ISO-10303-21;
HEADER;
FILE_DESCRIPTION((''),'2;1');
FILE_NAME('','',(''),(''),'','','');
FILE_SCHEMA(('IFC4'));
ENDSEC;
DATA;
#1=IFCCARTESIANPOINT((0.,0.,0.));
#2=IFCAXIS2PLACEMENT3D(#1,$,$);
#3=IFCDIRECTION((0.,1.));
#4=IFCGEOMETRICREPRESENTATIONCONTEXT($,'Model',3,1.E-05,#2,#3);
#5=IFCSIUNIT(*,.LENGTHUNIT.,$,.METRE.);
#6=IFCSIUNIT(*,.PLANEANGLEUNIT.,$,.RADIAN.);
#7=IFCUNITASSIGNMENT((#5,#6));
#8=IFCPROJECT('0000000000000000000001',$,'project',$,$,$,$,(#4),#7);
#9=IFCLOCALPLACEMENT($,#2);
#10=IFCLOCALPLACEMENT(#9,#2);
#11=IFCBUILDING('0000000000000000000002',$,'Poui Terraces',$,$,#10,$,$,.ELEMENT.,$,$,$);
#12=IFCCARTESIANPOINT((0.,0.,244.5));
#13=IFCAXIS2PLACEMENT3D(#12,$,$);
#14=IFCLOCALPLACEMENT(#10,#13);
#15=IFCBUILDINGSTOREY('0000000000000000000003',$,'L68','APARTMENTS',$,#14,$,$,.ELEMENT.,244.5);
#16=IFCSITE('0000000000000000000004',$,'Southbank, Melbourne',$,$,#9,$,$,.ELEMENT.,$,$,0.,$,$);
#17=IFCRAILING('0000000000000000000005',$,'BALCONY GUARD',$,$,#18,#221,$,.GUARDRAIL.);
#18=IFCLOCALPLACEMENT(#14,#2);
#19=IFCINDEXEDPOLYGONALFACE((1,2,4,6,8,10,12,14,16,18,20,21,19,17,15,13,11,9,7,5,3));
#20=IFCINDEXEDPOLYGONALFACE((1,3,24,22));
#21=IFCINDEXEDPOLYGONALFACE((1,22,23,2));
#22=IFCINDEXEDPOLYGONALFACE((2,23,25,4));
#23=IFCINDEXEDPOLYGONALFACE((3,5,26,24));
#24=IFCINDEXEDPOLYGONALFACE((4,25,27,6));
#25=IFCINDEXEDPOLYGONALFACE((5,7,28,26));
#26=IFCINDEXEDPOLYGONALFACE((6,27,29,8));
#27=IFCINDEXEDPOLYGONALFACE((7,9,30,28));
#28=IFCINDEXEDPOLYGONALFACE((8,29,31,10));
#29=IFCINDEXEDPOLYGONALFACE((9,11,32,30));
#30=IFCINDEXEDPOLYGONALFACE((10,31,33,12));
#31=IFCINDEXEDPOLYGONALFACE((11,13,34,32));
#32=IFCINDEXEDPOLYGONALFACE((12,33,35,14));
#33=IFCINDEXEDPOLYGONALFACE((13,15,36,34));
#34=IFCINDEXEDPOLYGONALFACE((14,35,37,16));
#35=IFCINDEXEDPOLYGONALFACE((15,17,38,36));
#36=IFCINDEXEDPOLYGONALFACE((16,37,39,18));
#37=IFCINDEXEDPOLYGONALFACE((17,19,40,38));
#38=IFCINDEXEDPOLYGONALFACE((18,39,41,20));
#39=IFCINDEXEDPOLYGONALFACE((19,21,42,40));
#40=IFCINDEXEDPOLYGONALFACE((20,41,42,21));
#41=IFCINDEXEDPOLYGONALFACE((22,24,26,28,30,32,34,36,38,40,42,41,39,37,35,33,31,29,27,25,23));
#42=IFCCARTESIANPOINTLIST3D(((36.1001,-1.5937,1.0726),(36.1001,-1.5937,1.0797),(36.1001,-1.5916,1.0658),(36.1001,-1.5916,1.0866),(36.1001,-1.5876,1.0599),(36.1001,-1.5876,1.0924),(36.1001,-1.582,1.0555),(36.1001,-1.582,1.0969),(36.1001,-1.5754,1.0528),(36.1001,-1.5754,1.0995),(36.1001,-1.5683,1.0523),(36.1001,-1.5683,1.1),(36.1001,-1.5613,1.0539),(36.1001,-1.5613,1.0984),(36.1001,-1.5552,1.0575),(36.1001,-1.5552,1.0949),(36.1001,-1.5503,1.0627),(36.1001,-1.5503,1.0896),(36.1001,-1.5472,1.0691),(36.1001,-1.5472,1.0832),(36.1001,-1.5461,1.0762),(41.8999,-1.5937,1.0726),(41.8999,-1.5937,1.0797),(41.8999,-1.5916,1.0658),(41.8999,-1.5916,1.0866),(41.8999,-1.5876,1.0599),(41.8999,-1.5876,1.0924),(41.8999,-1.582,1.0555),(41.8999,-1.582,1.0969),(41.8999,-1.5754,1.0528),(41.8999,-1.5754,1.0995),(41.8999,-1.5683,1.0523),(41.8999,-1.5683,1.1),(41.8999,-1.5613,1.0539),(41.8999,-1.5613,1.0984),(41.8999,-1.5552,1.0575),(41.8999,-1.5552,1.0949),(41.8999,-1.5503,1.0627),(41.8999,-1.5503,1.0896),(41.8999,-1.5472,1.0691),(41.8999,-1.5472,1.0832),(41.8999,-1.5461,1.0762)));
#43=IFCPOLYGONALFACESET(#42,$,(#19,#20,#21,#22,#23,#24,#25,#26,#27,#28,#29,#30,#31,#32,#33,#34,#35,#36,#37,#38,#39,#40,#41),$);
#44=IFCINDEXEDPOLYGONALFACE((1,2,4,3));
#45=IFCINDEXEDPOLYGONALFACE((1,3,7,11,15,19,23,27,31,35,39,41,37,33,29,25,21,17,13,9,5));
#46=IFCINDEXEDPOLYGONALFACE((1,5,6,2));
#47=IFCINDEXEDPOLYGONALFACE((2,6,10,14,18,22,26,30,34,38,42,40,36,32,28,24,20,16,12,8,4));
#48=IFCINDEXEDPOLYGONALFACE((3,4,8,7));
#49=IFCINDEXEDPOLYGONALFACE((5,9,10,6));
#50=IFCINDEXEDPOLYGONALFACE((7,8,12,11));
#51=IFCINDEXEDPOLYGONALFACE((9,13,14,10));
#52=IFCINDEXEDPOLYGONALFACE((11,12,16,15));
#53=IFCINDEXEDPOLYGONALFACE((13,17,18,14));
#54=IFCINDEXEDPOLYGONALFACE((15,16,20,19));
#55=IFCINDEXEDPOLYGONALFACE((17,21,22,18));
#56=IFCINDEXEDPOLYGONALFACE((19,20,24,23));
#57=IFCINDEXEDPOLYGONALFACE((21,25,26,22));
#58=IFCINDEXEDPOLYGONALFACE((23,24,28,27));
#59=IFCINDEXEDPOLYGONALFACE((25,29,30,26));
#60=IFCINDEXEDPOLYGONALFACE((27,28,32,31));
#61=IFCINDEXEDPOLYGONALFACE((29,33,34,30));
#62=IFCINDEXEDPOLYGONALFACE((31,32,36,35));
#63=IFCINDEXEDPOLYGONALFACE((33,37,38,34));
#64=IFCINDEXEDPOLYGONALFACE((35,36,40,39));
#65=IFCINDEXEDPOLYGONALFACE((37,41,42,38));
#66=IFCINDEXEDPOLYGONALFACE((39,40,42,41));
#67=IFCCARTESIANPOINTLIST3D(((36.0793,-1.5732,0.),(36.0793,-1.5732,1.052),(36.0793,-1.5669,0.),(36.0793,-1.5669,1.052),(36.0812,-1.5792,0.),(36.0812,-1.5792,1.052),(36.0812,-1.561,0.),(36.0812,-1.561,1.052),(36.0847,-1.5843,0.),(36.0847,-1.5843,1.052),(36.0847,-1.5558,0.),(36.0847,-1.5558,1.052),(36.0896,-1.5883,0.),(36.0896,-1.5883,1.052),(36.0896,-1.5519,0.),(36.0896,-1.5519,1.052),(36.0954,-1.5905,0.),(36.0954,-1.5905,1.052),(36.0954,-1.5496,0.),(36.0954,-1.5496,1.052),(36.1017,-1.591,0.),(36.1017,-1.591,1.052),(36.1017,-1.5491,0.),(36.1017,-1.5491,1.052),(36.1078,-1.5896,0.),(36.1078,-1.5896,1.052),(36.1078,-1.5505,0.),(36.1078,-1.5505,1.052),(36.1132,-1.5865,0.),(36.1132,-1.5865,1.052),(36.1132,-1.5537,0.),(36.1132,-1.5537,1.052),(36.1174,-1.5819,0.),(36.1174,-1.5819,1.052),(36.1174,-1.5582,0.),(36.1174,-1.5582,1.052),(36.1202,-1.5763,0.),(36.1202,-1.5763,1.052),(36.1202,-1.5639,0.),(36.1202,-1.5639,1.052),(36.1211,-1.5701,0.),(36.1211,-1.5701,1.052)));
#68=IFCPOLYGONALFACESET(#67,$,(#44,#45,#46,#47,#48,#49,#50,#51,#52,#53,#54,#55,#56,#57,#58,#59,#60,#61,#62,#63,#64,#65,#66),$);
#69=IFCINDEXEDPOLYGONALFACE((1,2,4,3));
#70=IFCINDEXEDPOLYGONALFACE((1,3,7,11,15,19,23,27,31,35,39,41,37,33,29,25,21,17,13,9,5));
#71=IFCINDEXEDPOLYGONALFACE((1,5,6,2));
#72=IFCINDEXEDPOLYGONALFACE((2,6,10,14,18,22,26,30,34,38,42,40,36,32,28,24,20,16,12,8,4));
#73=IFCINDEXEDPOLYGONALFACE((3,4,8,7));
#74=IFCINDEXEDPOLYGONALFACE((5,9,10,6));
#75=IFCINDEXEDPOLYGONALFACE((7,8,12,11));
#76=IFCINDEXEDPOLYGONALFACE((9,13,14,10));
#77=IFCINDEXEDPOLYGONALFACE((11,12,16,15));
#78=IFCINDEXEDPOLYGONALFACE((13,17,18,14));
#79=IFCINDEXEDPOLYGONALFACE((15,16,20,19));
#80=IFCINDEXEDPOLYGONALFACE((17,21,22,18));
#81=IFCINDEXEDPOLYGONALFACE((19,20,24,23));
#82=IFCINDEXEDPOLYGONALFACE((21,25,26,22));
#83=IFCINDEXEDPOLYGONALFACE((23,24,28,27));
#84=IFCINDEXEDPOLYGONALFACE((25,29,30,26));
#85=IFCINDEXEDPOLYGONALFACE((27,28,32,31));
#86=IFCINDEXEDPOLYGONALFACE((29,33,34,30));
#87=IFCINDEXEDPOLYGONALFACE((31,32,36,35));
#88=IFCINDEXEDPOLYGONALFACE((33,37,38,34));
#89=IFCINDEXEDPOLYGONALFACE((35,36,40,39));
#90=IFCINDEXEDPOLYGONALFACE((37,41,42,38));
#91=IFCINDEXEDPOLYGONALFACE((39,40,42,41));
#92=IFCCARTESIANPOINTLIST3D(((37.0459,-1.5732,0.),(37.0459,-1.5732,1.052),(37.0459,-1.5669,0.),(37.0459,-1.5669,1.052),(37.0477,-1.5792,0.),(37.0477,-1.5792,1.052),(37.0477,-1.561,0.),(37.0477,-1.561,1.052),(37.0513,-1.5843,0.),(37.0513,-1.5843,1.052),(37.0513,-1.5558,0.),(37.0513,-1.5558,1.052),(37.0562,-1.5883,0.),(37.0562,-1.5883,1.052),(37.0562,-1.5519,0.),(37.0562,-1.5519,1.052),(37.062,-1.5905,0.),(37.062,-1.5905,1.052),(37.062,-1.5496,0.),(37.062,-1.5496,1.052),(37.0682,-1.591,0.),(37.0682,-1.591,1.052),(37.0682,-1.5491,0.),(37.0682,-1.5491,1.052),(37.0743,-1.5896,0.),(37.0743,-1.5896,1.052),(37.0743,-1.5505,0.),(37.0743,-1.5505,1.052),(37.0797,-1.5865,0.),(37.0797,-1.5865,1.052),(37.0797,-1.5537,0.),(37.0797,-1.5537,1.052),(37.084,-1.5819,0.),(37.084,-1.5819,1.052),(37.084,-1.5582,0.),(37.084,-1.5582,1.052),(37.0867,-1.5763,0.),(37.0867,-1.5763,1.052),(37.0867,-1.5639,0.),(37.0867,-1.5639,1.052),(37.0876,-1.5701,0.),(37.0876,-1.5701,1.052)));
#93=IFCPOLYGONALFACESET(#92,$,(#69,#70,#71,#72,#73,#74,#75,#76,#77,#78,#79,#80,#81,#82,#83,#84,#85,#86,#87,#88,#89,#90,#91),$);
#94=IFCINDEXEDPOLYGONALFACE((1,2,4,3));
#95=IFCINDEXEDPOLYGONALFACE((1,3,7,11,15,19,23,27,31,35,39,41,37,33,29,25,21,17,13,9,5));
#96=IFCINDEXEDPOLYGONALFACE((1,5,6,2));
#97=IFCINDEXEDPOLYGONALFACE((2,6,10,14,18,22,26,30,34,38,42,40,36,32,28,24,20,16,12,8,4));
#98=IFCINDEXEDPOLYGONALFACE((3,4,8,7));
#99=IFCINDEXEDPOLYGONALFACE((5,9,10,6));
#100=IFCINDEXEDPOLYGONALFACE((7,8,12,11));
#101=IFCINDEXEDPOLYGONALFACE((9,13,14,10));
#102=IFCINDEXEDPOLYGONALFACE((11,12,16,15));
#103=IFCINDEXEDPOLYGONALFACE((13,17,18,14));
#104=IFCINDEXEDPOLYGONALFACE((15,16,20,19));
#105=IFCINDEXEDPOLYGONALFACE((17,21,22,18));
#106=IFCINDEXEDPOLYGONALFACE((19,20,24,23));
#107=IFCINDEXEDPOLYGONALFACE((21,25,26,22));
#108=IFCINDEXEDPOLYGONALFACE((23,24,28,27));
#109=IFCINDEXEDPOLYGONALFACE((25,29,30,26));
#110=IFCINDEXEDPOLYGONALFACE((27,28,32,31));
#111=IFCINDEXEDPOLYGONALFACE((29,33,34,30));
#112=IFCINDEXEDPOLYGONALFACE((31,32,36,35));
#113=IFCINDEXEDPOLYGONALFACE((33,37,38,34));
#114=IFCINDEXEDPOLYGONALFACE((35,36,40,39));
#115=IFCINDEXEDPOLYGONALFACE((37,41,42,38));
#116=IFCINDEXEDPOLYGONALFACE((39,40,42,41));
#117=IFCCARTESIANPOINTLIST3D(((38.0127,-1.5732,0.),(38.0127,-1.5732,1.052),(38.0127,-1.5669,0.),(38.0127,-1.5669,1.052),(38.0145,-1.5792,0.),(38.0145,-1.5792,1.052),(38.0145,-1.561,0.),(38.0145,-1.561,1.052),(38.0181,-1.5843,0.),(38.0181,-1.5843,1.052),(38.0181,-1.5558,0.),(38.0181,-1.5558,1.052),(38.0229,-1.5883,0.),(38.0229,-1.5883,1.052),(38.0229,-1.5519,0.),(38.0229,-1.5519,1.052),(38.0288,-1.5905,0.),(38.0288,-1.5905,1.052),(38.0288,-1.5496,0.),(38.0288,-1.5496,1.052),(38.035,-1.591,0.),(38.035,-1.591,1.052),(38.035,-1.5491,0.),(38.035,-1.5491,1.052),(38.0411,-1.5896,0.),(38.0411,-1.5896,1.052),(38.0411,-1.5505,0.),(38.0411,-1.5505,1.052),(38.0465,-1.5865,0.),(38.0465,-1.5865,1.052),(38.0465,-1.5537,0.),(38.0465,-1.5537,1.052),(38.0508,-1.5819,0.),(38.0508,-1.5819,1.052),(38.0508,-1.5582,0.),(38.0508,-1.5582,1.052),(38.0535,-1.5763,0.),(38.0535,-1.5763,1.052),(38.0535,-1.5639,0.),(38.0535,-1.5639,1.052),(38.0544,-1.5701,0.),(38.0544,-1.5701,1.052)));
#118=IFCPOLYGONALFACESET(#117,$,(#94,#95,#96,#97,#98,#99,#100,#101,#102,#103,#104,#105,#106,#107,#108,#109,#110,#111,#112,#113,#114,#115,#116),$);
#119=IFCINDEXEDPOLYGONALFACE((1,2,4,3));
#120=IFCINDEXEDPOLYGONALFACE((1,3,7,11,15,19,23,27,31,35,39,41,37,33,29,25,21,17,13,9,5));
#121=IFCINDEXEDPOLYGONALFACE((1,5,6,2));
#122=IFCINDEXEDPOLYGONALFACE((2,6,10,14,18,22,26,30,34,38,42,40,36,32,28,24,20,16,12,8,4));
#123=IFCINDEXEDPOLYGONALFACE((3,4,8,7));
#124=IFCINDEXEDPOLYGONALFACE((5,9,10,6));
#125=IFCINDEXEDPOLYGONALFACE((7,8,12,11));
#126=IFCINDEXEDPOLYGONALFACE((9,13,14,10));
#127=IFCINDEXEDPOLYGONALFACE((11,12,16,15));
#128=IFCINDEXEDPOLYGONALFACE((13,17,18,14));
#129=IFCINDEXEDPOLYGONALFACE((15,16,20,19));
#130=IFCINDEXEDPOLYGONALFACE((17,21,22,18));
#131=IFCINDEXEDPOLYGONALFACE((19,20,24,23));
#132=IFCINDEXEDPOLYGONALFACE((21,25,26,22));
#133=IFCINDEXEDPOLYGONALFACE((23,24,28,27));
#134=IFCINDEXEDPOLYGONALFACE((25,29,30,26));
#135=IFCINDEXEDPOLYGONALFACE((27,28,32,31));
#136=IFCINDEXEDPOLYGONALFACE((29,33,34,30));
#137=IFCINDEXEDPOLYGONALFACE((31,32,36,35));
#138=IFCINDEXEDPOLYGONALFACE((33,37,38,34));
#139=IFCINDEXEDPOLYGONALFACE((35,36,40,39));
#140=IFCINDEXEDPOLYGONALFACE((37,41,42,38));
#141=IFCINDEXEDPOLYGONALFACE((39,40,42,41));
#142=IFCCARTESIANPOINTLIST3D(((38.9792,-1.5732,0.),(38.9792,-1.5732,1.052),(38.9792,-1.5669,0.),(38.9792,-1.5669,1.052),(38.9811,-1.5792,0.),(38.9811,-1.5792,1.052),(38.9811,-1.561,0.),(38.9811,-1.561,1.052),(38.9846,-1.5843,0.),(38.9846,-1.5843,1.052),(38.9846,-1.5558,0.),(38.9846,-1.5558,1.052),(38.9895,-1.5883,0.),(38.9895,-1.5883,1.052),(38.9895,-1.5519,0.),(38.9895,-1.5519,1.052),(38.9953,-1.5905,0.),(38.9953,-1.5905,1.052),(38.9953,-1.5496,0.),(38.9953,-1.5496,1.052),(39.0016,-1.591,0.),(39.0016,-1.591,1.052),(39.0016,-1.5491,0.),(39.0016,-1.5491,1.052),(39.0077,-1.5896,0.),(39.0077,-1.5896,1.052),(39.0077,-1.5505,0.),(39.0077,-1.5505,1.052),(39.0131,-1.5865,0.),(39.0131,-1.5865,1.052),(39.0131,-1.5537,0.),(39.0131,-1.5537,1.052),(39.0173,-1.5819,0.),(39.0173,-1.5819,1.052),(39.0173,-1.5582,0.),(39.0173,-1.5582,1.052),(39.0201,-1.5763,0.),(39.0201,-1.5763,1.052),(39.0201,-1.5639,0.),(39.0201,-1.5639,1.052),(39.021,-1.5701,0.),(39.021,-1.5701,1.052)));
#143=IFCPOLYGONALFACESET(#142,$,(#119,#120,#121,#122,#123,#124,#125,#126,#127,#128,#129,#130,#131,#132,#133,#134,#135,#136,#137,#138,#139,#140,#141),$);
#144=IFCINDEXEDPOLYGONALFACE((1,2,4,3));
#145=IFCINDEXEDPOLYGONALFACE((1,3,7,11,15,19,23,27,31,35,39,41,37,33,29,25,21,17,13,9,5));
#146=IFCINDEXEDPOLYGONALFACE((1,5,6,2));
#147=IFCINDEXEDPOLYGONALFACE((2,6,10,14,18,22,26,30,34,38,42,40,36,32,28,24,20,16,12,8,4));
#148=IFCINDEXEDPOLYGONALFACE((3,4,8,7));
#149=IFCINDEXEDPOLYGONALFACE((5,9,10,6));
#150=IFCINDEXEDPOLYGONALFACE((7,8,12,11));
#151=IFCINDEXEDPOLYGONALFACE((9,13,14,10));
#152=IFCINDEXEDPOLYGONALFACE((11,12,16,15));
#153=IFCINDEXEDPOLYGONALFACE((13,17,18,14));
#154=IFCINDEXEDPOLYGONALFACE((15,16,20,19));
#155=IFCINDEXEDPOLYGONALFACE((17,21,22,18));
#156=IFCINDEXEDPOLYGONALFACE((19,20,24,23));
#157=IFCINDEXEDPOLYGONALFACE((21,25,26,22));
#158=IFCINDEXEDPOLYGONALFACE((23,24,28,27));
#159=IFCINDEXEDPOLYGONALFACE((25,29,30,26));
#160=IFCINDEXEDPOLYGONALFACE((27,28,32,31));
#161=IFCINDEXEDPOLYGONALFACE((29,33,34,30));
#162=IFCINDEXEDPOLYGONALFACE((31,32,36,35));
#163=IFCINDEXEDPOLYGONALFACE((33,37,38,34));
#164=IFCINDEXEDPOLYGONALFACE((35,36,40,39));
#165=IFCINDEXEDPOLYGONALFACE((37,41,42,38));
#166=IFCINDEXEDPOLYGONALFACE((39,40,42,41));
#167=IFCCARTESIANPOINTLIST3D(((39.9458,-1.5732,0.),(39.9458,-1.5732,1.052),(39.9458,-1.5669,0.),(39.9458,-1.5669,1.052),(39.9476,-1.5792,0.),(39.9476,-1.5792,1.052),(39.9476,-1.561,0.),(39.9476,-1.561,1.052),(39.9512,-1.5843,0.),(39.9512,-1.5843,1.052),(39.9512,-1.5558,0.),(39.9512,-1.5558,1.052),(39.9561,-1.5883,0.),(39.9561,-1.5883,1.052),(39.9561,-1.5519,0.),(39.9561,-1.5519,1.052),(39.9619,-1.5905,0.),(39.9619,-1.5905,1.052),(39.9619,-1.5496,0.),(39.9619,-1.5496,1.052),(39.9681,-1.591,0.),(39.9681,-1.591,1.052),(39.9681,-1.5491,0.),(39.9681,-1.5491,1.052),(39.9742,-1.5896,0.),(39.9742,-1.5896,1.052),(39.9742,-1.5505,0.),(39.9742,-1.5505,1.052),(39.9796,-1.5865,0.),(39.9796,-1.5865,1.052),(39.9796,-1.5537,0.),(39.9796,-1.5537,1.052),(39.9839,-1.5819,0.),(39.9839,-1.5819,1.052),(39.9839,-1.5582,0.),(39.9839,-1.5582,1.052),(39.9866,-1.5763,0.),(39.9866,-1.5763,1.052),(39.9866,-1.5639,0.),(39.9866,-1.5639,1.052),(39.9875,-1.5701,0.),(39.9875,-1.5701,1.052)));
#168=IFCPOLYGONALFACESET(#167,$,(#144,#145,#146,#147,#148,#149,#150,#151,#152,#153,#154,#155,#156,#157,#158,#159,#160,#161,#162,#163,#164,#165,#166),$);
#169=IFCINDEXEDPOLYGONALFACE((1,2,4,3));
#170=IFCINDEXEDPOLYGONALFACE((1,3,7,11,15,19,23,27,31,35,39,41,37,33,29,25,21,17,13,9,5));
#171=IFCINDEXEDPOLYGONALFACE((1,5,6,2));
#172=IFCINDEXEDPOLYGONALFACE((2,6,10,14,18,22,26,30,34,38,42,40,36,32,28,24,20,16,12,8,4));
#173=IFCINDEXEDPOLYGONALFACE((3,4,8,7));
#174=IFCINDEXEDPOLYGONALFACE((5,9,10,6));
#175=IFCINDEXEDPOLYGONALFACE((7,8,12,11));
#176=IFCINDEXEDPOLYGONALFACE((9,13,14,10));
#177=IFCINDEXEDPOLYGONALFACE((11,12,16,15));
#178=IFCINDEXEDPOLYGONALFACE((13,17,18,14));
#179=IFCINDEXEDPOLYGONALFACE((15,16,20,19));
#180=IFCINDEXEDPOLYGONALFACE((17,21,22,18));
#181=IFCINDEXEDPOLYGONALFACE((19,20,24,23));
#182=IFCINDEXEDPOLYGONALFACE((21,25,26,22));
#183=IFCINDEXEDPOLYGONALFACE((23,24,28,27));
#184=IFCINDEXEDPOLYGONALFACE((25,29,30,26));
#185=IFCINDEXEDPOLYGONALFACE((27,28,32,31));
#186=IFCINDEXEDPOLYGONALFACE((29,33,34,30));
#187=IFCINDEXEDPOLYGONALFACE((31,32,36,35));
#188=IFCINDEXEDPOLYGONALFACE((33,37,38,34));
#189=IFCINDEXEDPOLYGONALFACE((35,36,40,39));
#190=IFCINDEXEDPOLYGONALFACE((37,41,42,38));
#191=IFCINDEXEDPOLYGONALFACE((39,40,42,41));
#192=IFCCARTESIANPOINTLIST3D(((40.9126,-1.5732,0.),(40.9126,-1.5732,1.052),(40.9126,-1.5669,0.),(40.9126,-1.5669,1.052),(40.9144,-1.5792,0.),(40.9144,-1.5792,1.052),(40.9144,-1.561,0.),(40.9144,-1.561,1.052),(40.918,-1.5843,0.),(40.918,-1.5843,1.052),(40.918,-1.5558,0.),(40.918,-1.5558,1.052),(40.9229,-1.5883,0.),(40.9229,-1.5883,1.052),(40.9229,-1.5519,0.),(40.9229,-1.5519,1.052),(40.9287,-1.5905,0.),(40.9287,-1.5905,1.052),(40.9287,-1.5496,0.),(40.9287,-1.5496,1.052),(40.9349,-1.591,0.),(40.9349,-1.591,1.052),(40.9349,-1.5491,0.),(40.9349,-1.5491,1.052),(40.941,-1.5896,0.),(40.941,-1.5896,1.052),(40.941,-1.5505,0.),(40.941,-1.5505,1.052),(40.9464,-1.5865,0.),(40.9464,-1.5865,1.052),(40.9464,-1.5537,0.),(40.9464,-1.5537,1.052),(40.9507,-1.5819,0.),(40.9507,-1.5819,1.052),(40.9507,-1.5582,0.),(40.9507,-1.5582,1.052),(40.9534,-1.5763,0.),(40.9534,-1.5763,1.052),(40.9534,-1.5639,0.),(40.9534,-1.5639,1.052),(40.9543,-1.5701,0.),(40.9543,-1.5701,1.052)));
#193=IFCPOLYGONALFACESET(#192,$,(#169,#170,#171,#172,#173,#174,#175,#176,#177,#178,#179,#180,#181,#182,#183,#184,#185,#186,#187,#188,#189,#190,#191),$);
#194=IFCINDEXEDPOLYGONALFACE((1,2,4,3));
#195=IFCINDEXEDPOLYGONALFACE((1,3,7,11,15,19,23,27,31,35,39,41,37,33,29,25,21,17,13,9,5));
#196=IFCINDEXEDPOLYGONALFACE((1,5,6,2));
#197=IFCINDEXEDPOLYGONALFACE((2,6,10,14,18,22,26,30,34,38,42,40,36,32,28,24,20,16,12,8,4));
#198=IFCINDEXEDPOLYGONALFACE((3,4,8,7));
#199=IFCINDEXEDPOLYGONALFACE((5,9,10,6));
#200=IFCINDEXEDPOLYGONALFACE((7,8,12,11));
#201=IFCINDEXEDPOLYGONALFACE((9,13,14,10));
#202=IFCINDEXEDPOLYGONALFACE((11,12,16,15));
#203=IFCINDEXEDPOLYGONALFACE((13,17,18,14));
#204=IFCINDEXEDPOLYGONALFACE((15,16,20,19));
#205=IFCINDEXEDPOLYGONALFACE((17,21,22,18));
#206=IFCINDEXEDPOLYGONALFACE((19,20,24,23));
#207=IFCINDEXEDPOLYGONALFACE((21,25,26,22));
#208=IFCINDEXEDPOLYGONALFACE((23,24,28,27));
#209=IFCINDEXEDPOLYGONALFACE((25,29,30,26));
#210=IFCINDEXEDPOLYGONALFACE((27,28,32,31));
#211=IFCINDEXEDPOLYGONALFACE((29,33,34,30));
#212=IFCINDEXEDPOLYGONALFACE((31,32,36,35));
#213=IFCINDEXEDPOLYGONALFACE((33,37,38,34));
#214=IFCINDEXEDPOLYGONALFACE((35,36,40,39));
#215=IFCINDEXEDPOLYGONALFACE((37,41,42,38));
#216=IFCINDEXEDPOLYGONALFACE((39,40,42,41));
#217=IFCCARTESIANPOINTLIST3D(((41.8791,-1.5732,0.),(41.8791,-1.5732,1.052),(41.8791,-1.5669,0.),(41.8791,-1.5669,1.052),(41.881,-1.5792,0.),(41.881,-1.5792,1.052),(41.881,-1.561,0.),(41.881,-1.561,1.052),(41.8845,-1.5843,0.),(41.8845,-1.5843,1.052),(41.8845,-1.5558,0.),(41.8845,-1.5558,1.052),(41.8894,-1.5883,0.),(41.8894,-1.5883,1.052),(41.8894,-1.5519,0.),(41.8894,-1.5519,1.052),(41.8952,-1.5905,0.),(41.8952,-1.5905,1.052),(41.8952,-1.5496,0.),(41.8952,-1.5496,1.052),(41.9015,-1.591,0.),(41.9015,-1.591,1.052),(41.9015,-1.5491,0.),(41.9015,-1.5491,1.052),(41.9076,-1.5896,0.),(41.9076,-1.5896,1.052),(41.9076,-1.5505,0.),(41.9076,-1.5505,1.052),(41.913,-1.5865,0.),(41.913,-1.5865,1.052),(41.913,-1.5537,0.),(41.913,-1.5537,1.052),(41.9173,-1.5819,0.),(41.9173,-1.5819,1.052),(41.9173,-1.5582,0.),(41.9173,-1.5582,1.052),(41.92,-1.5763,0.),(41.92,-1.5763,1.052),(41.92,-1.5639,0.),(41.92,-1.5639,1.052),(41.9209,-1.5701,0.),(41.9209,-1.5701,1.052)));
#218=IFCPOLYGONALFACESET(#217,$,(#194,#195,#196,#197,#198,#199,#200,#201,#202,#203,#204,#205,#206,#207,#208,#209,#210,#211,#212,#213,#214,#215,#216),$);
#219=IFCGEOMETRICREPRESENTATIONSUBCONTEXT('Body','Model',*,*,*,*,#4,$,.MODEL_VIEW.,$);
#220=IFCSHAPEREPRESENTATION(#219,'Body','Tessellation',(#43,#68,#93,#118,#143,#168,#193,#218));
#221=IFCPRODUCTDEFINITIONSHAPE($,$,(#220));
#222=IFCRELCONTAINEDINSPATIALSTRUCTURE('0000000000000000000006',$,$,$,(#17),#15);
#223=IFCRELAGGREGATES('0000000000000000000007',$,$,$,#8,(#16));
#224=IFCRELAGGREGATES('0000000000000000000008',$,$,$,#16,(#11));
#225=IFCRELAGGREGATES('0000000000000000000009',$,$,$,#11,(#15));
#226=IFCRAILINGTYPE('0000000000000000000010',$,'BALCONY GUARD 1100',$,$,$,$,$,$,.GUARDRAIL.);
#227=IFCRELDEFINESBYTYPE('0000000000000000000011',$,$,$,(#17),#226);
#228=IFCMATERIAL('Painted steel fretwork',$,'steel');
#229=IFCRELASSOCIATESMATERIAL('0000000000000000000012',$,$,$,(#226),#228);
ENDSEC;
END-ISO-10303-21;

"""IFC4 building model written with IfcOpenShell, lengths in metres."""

from ifc_helpers import new_model, si_unit, direction, frame, origin, origin_2d, place, context, subcontext, project, spatial, circle, extrude, material, type_object, element, save


model = new_model("IFC4")

# Units and contexts
model_context = context("Model", 3, precision=1e-05, world=origin(), true_north=direction((0.0, 1.0)))
body_context = subcontext(model_context, "Body", "Model", "MODEL_VIEW")
ifc_project = project(units=[si_unit("LENGTHUNIT", "METRE"), si_unit("PLANEANGLEUNIT", "RADIAN")], contexts=[model_context])

# Site, building, storey
site_placement = place(None, origin())
site = spatial("IfcSite", under=ifc_project, at=site_placement, Name="Southbank, Melbourne", CompositionType="ELEMENT", RefElevation=0.0)
building_placement = place(site_placement, origin())
building = spatial("IfcBuilding", under=site, at=building_placement, Name="Poui Terraces", CompositionType="ELEMENT")
storey_placement = place(building_placement, frame((0.0, 0.0, 244.5)))
storey = spatial("IfcBuildingStorey", under=building, at=storey_placement, Name="L68", Description="APARTMENTS", CompositionType="ELEMENT", Elevation=244.5)

# Railing
ifc_material_1 = material(Name="Painted steel fretwork", Category="steel")
railing_type = type_object("IfcRailingType", Name="BALCONY GUARD 1100", PredefinedType="GUARDRAIL", material=ifc_material_1)
railing_placement = place(storey_placement, frame((36.1001, -1.5701, 0.0)))
element("IfcRailing", 1, at=railing_placement, inside=storey, type_object=railing_type, Name="BALCONY GUARD", PredefinedType="GUARDRAIL", context=body_context, shape_type="SweptSolid", body=[
    extrude(circle(Radius=0.0239, at=origin_2d()), frame((0.0, 0.0, 1.0762), z_axis=(1.0, 0.0, 0.0), x_axis=(0.0, 1.0, 0.0)), (0.0, 0.0, 1.0), 5.7998),
    extrude(circle(Radius=0.021, at=origin_2d()), origin(), (0.0, 0.0, 1.0), 1.052),
    extrude(circle(Radius=0.021, at=origin_2d()), frame((0.9666, 0.0, 0.0)), (0.0, 0.0, 1.0), 1.052),
    extrude(circle(Radius=0.021, at=origin_2d()), frame((1.9333, 0.0, 0.0)), (0.0, 0.0, 1.0), 1.052),
    extrude(circle(Radius=0.021, at=origin_2d()), frame((2.8999, 0.0, 0.0)), (0.0, 0.0, 1.0), 1.052),
    extrude(circle(Radius=0.021, at=origin_2d()), frame((3.8665, 0.0, 0.0)), (0.0, 0.0, 1.0), 1.052),
    extrude(circle(Radius=0.021, at=origin_2d()), frame((4.8333, 0.0, 0.0)), (0.0, 0.0, 1.0), 1.052),
    extrude(circle(Radius=0.021, at=origin_2d()), frame((5.7998, 0.0, 0.0)), (0.0, 0.0, 1.0), 1.052),
])

save(model, "model.ifc")
